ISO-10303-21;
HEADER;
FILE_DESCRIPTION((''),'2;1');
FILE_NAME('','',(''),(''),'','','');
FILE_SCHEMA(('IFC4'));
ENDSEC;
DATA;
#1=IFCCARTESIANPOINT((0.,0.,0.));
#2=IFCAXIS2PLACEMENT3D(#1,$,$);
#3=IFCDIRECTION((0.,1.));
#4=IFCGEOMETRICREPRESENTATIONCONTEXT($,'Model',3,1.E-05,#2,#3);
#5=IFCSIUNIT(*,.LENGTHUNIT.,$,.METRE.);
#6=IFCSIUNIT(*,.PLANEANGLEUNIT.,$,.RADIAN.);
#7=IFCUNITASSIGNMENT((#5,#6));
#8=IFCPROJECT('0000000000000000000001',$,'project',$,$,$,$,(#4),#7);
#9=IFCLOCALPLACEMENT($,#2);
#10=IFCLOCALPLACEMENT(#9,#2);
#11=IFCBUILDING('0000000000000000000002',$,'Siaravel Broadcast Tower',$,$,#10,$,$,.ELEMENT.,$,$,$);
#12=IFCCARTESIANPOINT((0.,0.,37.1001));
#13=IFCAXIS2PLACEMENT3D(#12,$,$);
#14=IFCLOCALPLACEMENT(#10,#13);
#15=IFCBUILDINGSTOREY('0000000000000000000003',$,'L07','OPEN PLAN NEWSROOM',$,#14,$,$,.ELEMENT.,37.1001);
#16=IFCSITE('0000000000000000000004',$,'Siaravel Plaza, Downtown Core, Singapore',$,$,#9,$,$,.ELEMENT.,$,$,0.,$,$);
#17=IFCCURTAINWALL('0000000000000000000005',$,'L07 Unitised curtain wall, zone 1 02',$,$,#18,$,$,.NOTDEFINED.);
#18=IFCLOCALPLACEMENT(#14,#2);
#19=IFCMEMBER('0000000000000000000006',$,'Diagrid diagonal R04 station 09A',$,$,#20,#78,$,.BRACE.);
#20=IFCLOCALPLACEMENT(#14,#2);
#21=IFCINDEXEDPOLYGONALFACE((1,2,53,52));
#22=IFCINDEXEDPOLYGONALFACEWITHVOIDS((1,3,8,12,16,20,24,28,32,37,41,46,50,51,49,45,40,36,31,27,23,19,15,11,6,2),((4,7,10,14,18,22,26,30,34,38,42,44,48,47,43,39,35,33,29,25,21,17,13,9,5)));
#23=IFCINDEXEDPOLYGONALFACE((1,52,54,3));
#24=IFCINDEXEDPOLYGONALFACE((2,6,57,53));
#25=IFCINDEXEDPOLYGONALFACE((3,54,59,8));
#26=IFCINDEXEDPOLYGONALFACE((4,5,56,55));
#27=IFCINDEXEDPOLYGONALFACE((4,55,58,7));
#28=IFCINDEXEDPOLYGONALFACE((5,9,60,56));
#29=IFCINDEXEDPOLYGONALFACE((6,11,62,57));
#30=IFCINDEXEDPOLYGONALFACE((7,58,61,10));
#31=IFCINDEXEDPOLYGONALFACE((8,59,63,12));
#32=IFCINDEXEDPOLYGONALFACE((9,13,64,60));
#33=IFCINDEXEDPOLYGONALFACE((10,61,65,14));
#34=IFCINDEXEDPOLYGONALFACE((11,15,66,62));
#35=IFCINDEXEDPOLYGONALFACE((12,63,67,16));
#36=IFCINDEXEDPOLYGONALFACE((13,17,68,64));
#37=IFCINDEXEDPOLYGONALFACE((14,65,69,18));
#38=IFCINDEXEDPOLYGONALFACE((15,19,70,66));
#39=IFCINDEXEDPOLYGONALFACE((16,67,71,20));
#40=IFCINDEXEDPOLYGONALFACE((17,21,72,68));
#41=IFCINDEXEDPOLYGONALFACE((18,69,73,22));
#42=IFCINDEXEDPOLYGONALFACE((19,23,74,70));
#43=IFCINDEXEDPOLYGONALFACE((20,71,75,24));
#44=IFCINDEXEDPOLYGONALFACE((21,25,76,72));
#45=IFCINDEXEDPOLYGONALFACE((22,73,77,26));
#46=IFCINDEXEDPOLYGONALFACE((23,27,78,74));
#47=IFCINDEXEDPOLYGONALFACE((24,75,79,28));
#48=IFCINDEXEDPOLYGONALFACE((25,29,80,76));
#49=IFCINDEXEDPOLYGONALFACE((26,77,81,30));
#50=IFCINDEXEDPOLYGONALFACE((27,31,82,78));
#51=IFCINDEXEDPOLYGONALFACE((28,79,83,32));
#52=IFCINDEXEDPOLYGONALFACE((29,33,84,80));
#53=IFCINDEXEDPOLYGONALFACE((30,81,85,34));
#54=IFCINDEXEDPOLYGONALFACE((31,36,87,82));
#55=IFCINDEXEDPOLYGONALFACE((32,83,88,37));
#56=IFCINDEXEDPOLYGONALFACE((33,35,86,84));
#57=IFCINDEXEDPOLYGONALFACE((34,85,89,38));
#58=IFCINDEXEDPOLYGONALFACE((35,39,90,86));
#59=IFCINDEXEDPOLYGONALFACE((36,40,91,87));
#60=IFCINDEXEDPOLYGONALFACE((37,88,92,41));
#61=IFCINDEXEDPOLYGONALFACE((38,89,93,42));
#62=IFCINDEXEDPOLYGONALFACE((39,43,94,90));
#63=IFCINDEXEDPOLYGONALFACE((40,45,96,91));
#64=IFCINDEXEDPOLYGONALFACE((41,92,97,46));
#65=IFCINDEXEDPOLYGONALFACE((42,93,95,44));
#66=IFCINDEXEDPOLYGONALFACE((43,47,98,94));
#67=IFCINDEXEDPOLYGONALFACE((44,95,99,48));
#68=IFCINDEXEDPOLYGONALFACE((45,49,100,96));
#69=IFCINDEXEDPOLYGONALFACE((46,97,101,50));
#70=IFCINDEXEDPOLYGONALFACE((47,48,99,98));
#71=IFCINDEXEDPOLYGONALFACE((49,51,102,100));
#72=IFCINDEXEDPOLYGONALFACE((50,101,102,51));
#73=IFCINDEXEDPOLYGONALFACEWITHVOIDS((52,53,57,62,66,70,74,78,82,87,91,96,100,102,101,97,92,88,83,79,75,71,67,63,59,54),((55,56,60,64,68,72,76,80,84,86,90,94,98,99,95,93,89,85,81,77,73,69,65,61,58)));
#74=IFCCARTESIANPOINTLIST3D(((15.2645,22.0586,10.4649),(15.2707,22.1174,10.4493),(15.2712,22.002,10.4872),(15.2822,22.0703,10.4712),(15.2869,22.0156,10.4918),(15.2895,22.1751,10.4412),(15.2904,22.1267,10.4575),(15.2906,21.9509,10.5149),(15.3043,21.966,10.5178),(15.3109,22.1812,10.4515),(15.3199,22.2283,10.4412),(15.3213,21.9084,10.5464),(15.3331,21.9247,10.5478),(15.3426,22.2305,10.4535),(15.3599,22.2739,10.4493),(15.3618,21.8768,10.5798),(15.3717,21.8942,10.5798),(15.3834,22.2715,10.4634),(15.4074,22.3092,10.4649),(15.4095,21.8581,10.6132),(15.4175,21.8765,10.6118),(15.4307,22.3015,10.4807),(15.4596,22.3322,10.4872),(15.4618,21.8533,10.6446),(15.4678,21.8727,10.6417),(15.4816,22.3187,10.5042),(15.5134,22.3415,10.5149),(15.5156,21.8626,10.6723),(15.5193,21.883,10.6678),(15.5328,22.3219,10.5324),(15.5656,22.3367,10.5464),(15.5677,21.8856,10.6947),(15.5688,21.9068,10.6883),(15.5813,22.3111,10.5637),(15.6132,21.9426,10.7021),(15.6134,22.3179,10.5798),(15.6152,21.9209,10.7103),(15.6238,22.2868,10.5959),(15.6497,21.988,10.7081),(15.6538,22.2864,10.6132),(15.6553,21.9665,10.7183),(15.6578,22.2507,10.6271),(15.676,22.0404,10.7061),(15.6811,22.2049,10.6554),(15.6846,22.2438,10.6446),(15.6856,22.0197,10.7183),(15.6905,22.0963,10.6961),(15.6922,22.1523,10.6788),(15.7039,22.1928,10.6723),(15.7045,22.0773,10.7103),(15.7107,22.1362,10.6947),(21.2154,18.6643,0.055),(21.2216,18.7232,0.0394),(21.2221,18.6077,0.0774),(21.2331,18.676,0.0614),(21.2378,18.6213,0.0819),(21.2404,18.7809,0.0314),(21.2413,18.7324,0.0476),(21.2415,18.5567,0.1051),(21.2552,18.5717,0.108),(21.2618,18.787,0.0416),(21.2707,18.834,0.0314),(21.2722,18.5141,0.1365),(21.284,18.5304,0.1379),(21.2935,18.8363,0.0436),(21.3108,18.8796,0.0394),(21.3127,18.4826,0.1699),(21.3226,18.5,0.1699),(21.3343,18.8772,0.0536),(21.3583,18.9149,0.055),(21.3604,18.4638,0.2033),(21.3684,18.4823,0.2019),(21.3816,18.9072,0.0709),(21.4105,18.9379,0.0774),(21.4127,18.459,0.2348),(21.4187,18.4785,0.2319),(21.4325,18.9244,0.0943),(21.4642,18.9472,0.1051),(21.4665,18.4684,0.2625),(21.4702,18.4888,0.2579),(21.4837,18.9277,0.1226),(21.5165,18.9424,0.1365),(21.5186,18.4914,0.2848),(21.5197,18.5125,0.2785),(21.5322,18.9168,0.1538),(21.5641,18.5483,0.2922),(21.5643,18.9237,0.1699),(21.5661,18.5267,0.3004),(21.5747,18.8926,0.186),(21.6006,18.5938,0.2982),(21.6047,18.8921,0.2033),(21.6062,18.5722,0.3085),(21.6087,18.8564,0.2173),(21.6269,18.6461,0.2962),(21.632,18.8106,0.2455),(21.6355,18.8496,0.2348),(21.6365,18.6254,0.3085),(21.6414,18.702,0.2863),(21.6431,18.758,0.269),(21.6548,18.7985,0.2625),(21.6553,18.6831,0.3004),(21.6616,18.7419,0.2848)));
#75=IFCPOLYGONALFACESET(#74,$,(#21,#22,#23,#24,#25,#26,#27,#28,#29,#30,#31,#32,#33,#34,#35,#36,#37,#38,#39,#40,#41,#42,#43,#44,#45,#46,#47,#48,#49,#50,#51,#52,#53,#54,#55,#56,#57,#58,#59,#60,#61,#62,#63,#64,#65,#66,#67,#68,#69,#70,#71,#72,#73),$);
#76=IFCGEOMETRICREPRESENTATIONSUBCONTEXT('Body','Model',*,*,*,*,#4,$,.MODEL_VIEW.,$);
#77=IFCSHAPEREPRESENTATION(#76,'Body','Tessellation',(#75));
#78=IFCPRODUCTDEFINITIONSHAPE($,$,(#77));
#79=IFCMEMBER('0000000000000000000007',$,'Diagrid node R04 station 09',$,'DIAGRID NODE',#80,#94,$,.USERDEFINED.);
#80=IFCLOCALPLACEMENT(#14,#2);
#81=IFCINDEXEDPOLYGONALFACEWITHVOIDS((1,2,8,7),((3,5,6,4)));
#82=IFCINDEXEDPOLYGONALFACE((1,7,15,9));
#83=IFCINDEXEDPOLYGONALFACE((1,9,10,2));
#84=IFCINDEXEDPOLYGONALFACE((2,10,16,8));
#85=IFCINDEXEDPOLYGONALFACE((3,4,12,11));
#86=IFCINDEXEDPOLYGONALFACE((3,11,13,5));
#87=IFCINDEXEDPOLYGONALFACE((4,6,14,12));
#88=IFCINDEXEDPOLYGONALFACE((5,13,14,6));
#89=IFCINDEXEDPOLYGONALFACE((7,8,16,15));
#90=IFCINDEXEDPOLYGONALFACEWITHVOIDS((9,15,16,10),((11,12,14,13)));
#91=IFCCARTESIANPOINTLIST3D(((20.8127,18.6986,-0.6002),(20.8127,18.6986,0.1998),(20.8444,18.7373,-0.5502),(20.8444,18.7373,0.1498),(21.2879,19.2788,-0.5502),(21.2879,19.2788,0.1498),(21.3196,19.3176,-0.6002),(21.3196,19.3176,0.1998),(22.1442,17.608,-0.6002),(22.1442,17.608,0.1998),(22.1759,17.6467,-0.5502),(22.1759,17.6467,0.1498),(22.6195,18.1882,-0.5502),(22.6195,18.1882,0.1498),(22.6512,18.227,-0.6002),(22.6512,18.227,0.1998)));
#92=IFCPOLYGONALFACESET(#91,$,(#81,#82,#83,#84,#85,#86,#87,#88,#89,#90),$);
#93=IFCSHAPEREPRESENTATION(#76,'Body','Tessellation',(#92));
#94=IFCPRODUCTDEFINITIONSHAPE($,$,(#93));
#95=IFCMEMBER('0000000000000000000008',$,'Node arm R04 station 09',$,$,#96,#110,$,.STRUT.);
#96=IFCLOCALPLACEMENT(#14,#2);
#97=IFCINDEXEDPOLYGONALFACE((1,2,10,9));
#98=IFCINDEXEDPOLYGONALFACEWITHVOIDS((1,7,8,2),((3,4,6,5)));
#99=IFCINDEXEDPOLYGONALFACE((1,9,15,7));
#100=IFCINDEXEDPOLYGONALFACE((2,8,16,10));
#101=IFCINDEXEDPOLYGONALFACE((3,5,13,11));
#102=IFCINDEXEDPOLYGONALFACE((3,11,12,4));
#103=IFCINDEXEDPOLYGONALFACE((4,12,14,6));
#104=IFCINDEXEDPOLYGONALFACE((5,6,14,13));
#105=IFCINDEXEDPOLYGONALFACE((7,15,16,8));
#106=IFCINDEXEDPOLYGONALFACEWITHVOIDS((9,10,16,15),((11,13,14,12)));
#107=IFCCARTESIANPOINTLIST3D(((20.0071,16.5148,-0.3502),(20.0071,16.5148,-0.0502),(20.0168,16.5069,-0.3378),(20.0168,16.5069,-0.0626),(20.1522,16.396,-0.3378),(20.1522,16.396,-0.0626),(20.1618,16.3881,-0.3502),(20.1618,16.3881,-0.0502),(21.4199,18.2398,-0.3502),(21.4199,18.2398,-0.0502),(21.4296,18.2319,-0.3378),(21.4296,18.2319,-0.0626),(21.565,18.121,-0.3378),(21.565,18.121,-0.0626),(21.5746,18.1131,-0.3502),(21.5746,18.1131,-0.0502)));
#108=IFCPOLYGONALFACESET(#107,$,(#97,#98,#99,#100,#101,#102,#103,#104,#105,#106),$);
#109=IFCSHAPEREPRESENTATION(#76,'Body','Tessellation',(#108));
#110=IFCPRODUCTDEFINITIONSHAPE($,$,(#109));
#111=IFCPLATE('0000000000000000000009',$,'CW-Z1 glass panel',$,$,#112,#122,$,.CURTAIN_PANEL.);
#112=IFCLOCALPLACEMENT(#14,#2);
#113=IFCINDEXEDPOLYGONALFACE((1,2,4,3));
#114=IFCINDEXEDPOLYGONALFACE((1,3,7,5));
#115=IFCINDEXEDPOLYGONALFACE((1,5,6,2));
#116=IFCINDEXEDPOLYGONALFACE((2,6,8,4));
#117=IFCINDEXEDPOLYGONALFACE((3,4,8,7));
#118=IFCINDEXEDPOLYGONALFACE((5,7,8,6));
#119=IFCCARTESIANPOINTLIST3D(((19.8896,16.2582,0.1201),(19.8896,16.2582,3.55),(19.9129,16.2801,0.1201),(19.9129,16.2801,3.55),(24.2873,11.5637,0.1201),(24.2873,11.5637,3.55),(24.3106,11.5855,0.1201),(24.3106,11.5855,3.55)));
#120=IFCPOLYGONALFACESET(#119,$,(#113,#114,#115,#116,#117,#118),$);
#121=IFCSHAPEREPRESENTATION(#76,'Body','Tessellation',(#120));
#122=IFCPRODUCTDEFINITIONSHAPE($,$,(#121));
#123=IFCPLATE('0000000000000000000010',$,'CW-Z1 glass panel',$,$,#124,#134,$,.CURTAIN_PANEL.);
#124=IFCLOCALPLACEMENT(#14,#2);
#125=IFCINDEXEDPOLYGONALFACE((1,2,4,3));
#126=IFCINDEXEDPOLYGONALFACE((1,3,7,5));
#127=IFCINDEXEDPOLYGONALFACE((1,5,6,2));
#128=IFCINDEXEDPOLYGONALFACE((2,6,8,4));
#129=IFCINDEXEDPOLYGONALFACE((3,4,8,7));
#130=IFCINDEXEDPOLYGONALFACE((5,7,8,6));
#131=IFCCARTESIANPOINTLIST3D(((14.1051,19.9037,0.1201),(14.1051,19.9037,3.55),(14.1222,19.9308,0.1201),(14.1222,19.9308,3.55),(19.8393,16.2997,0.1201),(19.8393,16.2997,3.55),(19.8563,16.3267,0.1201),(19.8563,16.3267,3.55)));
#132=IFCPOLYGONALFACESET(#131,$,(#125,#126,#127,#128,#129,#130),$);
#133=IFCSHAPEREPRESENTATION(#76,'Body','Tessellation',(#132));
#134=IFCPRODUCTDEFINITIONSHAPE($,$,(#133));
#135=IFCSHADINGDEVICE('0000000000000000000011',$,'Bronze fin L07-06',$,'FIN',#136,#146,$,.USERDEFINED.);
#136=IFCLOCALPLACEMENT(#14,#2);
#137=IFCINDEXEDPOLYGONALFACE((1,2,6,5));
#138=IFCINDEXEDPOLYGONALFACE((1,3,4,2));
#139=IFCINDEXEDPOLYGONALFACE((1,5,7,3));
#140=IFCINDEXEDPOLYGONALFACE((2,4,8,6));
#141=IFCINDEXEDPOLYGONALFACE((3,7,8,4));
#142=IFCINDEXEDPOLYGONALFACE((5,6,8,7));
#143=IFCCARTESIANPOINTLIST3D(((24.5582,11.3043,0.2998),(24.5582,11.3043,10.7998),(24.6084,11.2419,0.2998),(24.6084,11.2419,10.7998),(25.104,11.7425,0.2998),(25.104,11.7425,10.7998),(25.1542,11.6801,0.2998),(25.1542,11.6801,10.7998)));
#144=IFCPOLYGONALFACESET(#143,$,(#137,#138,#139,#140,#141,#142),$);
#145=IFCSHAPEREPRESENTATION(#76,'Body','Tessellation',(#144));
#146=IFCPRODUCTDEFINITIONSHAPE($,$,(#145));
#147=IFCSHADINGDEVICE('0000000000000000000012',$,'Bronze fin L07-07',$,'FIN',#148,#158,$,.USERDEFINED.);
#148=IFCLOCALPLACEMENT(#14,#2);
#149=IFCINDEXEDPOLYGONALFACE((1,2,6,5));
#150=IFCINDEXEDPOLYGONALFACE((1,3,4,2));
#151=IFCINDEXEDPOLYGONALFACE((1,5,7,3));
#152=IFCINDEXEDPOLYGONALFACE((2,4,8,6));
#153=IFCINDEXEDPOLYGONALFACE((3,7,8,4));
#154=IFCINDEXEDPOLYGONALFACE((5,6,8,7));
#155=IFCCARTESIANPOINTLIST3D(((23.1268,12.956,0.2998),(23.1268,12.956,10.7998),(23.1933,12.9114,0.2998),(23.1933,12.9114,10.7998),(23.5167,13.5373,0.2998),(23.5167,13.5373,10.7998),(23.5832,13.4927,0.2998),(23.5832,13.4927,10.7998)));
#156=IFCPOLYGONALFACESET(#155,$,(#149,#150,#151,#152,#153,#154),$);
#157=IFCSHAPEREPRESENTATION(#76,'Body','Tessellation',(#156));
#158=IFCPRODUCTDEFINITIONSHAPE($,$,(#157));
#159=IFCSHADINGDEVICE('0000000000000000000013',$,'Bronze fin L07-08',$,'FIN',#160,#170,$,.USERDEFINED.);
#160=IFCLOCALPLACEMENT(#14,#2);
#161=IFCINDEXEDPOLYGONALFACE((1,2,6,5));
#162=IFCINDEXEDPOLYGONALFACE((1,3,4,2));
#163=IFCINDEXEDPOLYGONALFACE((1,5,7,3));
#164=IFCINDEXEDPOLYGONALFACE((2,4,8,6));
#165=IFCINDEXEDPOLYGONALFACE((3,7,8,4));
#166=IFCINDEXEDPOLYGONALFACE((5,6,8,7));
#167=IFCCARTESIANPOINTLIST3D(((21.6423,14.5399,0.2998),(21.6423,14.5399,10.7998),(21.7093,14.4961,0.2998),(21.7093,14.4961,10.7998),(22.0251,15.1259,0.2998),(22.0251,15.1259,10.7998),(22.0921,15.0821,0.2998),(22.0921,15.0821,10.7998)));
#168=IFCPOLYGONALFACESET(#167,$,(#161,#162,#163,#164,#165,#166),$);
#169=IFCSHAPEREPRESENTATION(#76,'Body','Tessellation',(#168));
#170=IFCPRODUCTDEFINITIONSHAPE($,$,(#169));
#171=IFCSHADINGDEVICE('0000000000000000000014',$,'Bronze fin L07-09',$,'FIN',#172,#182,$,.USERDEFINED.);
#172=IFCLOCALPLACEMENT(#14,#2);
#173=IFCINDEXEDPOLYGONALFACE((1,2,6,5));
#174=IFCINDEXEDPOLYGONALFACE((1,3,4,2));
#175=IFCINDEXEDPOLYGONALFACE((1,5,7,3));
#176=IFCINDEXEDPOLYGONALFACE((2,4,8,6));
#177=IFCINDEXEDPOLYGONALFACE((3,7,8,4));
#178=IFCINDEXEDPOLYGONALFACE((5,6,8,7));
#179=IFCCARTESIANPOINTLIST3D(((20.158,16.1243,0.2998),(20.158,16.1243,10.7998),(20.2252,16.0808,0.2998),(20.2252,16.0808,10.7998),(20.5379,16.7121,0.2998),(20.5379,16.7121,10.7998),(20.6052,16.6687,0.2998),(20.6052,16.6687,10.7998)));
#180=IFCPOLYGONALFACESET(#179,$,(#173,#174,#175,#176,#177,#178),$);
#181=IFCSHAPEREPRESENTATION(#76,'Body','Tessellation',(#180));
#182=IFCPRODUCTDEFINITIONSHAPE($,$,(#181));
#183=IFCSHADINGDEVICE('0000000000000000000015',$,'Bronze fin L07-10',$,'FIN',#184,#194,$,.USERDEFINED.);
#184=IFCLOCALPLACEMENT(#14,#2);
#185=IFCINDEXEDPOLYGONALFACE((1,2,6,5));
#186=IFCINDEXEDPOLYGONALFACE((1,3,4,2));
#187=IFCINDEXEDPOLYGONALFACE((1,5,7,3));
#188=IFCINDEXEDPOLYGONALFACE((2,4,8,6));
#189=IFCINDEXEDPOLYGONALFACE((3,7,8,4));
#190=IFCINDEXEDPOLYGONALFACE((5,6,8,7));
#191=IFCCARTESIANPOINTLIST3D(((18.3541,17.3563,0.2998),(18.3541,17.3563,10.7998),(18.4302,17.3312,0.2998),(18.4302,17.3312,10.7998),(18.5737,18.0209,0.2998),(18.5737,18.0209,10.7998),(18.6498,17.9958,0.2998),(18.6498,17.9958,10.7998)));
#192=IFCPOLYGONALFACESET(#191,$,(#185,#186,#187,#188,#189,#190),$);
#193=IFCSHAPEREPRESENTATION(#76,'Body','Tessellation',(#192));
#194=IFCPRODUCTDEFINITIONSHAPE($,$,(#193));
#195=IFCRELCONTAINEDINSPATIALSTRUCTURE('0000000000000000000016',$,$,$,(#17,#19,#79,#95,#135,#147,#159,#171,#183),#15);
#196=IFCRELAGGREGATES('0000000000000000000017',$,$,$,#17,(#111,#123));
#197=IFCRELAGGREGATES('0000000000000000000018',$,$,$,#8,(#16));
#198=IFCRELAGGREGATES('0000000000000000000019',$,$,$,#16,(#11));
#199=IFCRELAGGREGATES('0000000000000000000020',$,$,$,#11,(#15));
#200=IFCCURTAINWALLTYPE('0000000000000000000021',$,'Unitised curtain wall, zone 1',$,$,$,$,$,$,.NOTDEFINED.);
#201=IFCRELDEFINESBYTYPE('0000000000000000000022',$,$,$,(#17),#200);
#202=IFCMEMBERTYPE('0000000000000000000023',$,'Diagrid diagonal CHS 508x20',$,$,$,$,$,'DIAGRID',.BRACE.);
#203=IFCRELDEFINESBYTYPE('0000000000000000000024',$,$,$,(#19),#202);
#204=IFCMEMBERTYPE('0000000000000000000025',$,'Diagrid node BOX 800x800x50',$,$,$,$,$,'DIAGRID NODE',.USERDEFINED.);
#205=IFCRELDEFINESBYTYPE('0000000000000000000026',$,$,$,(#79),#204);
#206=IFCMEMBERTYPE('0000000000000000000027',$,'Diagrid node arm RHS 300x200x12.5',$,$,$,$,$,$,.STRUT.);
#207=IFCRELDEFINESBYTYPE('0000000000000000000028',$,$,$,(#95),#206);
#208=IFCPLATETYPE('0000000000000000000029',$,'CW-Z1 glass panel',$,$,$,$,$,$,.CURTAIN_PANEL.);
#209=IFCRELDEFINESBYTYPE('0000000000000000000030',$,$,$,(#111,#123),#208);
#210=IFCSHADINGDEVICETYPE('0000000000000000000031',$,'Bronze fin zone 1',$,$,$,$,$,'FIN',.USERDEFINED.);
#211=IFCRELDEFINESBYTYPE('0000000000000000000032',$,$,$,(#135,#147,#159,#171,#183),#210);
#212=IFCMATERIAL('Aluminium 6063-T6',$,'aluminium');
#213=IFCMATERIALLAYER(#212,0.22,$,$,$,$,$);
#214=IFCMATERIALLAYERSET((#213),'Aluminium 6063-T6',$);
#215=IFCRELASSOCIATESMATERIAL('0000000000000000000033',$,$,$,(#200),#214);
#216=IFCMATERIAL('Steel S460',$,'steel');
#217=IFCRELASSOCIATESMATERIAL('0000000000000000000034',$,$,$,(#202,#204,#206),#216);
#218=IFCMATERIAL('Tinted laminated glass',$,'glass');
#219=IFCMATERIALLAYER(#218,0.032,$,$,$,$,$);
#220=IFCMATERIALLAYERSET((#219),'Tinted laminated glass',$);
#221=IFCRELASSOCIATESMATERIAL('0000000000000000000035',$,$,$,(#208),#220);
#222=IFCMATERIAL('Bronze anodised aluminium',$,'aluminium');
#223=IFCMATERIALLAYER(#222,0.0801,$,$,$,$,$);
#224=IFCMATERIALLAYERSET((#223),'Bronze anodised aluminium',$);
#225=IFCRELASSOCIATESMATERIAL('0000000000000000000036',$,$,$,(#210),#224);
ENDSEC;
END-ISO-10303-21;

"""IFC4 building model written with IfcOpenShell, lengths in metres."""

from ifc_helpers import new_model, si_unit, direction, frame, origin, origin_2d, place, context, subcontext, project, spatial, rectangle, hollow_rectangle, hollow_circle, extrude, material, layer, layer_set, material_profile, profile_set, type_object, element, aggregate, save


model = new_model("IFC4")

# Units and contexts
model_context = context("Model", 3, precision=1e-05, world=origin(), true_north=direction((0.0, 1.0)))
body_context = subcontext(model_context, "Body", "Model", "MODEL_VIEW")
ifc_project = project(units=[si_unit("LENGTHUNIT", "METRE"), si_unit("PLANEANGLEUNIT", "RADIAN")], contexts=[model_context])

# Site, building, storey
site_placement = place(None, origin())
site = spatial("IfcSite", under=ifc_project, at=site_placement, Name="Siaravel Plaza, Downtown Core, Singapore", CompositionType="ELEMENT", RefElevation=0.0)
building_placement = place(site_placement, origin())
building = spatial("IfcBuilding", under=site, at=building_placement, Name="Siaravel Broadcast Tower", CompositionType="ELEMENT")
storey_placement = place(building_placement, frame((0.0, 0.0, 37.1001)))
storey = spatial("IfcBuildingStorey", under=building, at=storey_placement, Name="L07", Description="OPEN PLAN NEWSROOM", CompositionType="ELEMENT", Elevation=37.1001)

# Shared definitions
ifc_material_1 = material(Name="Aluminium 6063-T6", Category="aluminium")
ifc_layer_1 = layer(ifc_material_1, 0.22)
ifc_layer_set_1 = layer_set([ifc_layer_1], Name="Aluminium 6063-T6")
curtain_wall_type = type_object("IfcCurtainWallType", Name="Unitised curtain wall, zone 1", PredefinedType="NOTDEFINED", material=ifc_layer_set_1)

# Curtain wall
curtain_wall_1_placement = place(storey_placement, origin())
curtain_wall_1 = element("IfcCurtainWall", 1, at=curtain_wall_1_placement, inside=storey, type_object=curtain_wall_type, Name="L07 Unitised curtain wall, zone 1 02", PredefinedType="NOTDEFINED")

# Members
ifc_material_2 = material(Name="Steel S460", Category="steel")
ifc_material_profile_1 = material_profile(ifc_material_2, hollow_circle(Radius=0.2539, WallThickness=0.02, at=origin_2d()))
ifc_profile_set_1 = profile_set([ifc_material_profile_1], Name="Steel S460")
member_type_1 = type_object("IfcMemberType", Name="Diagrid diagonal CHS 508x20", ElementType="DIAGRID", PredefinedType="BRACE", material=ifc_profile_set_1)
member_1_placement = place(storey_placement, frame((21.4385, 18.7031, 0.1699), z_axis=(-0.477527, 0.272371, 0.835334), x_axis=(-0.495452, -0.868635, 0.0)))
element("IfcMember", 2, at=member_1_placement, inside=storey, type_object=member_type_1, Name="Diagrid diagonal R04 station 09A", PredefinedType="BRACE", context=body_context, shape_type="SweptSolid", body=[
    extrude(hollow_circle(Radius=0.2539, WallThickness=0.02, at=origin_2d()), origin(), (0.0, 0.0, 1.0), 12.4619),
])
ifc_material_profile_2 = material_profile(ifc_material_2, hollow_rectangle(XDim=0.8, YDim=0.8, WallThickness=0.05, at=origin_2d()))
ifc_profile_set_2 = profile_set([ifc_material_profile_2], Name="Steel S460")
member_type_2 = type_object("IfcMemberType", Name="Diagrid node BOX 800x800x50", ElementType="DIAGRID NODE", PredefinedType="USERDEFINED", material=ifc_profile_set_2)
member_2_placement = place(storey_placement, frame((22.3977, 17.9175, -0.2002), z_axis=(-0.773635, 0.633632, 0.0), x_axis=(-0.633632, -0.773635, 0.0)))
element("IfcMember", 3, at=member_2_placement, inside=storey, type_object=member_type_2, Name="Diagrid node R04 station 09", ObjectType="DIAGRID NODE", PredefinedType="USERDEFINED", context=body_context, shape_type="SweptSolid", body=[
    extrude(hollow_rectangle(XDim=0.8, YDim=0.8, WallThickness=0.05, at=origin_2d()), origin(), (0.0, 0.0, 1.0), 1.7212),
])
ifc_material_profile_3 = material_profile(ifc_material_2, hollow_rectangle(XDim=0.2, YDim=0.3, WallThickness=0.0125, at=origin_2d()))
ifc_profile_set_3 = profile_set([ifc_material_profile_3], Name="Steel S460")
member_type_3 = type_object("IfcMemberType", Name="Diagrid node arm RHS 300x200x12.5", PredefinedType="STRUT", material=ifc_profile_set_3)
member_3_placement = place(storey_placement, frame((20.0845, 16.4514, -0.2002), z_axis=(0.633613, 0.77365, 0.0), x_axis=(-0.77365, 0.633613, 0.0)))
element("IfcMember", 4, at=member_3_placement, inside=storey, type_object=member_type_3, Name="Node arm R04 station 09", PredefinedType="STRUT", context=body_context, shape_type="SweptSolid", body=[
    extrude(hollow_rectangle(XDim=0.2, YDim=0.3, WallThickness=0.0125, at=origin_2d()), origin(), (0.0, 0.0, 1.0), 2.2297),
])

# Plates
ifc_material_3 = material(Name="Tinted laminated glass", Category="glass")
ifc_layer_2 = layer(ifc_material_3, 0.032)
ifc_layer_set_2 = layer_set([ifc_layer_2], Name="Tinted laminated glass")
plate_type = type_object("IfcPlateType", Name="CW-Z1 glass panel", PredefinedType="CURTAIN_PANEL", material=ifc_layer_set_2)
plate_1_placement = place(storey_placement, frame((22.1001, 13.9219, 0.1201), z_axis=(0.0, 0.0, 1.0), x_axis=(-0.683655, 0.729805, 0.0)))
plate_1 = element("IfcPlate", 5, at=plate_1_placement, type_object=plate_type, Name="CW-Z1 glass panel", PredefinedType="CURTAIN_PANEL", context=body_context, shape_type="SweptSolid", body=[
    extrude(rectangle(XDim=6.4326, YDim=0.032, at=origin_2d()), origin(), (0.0, 0.0, 1.0), 3.4299),
])
plate_2_placement = place(storey_placement, frame((16.9807, 18.1152, 0.1201), z_axis=(0.0, 0.0, 1.0), x_axis=(-0.846651, 0.532149, 0.0)))
plate_2 = element("IfcPlate", 6, at=plate_2_placement, type_object=plate_type, Name="CW-Z1 glass panel", PredefinedType="CURTAIN_PANEL", context=body_context, shape_type="SweptSolid", body=[
    extrude(rectangle(XDim=6.7727, YDim=0.032, at=origin_2d()), origin(), (0.0, 0.0, 1.0), 3.4299),
])
aggregate(curtain_wall_1, [plate_1, plate_2])

# Shading devices
ifc_material_4 = material(Name="Bronze anodised aluminium", Category="aluminium")
ifc_layer_3 = layer(ifc_material_4, 0.0801)
ifc_layer_set_3 = layer_set([ifc_layer_3], Name="Bronze anodised aluminium")
shading_device_type = type_object("IfcShadingDeviceType", Name="Bronze fin zone 1", ElementType="FIN", PredefinedType="USERDEFINED", material=ifc_layer_set_3)
for number, where, z_axis, x_axis, name in (
    (7, (24.8562, 11.4922, 0.2998), (0.0, 0.0, 1.0), (0.779807, 0.62602, 0.0), "Bronze fin L07-06"),
    (8, (23.355, 13.2244, 0.2998), (0.0, 0.0, 1.0), (0.55699, 0.830519, 0.0), "Bronze fin L07-07"),
    (9, (21.8672, 14.811, 0.2998), (0.0, 0.0, 1.0), (0.546869, 0.837218, 0.0), "Bronze fin L07-08"),
    (10, (20.3816, 16.3965, 0.2998), (0.0, 0.0, 1.0), (0.542812, 0.839854, 0.0), "Bronze fin L07-09"),
    (11, (18.502, 17.676, 0.2998), (0.0, 0.0, 1.0), (0.313739, 0.949509, 0.0), "Bronze fin L07-10"),
):
    element("IfcShadingDevice", number, at=place(storey_placement, frame(where, z_axis=z_axis, x_axis=x_axis)), inside=storey, type_object=shading_device_type, Name=name, ObjectType="FIN", PredefinedType="USERDEFINED", context=body_context, shape_type="SweptSolid", body=[
        extrude(rectangle(XDim=0.7, YDim=0.0801, at=origin_2d()), origin(), (0.0, 0.0, 1.0), 10.5),
    ])

save(model, "model.ifc")
